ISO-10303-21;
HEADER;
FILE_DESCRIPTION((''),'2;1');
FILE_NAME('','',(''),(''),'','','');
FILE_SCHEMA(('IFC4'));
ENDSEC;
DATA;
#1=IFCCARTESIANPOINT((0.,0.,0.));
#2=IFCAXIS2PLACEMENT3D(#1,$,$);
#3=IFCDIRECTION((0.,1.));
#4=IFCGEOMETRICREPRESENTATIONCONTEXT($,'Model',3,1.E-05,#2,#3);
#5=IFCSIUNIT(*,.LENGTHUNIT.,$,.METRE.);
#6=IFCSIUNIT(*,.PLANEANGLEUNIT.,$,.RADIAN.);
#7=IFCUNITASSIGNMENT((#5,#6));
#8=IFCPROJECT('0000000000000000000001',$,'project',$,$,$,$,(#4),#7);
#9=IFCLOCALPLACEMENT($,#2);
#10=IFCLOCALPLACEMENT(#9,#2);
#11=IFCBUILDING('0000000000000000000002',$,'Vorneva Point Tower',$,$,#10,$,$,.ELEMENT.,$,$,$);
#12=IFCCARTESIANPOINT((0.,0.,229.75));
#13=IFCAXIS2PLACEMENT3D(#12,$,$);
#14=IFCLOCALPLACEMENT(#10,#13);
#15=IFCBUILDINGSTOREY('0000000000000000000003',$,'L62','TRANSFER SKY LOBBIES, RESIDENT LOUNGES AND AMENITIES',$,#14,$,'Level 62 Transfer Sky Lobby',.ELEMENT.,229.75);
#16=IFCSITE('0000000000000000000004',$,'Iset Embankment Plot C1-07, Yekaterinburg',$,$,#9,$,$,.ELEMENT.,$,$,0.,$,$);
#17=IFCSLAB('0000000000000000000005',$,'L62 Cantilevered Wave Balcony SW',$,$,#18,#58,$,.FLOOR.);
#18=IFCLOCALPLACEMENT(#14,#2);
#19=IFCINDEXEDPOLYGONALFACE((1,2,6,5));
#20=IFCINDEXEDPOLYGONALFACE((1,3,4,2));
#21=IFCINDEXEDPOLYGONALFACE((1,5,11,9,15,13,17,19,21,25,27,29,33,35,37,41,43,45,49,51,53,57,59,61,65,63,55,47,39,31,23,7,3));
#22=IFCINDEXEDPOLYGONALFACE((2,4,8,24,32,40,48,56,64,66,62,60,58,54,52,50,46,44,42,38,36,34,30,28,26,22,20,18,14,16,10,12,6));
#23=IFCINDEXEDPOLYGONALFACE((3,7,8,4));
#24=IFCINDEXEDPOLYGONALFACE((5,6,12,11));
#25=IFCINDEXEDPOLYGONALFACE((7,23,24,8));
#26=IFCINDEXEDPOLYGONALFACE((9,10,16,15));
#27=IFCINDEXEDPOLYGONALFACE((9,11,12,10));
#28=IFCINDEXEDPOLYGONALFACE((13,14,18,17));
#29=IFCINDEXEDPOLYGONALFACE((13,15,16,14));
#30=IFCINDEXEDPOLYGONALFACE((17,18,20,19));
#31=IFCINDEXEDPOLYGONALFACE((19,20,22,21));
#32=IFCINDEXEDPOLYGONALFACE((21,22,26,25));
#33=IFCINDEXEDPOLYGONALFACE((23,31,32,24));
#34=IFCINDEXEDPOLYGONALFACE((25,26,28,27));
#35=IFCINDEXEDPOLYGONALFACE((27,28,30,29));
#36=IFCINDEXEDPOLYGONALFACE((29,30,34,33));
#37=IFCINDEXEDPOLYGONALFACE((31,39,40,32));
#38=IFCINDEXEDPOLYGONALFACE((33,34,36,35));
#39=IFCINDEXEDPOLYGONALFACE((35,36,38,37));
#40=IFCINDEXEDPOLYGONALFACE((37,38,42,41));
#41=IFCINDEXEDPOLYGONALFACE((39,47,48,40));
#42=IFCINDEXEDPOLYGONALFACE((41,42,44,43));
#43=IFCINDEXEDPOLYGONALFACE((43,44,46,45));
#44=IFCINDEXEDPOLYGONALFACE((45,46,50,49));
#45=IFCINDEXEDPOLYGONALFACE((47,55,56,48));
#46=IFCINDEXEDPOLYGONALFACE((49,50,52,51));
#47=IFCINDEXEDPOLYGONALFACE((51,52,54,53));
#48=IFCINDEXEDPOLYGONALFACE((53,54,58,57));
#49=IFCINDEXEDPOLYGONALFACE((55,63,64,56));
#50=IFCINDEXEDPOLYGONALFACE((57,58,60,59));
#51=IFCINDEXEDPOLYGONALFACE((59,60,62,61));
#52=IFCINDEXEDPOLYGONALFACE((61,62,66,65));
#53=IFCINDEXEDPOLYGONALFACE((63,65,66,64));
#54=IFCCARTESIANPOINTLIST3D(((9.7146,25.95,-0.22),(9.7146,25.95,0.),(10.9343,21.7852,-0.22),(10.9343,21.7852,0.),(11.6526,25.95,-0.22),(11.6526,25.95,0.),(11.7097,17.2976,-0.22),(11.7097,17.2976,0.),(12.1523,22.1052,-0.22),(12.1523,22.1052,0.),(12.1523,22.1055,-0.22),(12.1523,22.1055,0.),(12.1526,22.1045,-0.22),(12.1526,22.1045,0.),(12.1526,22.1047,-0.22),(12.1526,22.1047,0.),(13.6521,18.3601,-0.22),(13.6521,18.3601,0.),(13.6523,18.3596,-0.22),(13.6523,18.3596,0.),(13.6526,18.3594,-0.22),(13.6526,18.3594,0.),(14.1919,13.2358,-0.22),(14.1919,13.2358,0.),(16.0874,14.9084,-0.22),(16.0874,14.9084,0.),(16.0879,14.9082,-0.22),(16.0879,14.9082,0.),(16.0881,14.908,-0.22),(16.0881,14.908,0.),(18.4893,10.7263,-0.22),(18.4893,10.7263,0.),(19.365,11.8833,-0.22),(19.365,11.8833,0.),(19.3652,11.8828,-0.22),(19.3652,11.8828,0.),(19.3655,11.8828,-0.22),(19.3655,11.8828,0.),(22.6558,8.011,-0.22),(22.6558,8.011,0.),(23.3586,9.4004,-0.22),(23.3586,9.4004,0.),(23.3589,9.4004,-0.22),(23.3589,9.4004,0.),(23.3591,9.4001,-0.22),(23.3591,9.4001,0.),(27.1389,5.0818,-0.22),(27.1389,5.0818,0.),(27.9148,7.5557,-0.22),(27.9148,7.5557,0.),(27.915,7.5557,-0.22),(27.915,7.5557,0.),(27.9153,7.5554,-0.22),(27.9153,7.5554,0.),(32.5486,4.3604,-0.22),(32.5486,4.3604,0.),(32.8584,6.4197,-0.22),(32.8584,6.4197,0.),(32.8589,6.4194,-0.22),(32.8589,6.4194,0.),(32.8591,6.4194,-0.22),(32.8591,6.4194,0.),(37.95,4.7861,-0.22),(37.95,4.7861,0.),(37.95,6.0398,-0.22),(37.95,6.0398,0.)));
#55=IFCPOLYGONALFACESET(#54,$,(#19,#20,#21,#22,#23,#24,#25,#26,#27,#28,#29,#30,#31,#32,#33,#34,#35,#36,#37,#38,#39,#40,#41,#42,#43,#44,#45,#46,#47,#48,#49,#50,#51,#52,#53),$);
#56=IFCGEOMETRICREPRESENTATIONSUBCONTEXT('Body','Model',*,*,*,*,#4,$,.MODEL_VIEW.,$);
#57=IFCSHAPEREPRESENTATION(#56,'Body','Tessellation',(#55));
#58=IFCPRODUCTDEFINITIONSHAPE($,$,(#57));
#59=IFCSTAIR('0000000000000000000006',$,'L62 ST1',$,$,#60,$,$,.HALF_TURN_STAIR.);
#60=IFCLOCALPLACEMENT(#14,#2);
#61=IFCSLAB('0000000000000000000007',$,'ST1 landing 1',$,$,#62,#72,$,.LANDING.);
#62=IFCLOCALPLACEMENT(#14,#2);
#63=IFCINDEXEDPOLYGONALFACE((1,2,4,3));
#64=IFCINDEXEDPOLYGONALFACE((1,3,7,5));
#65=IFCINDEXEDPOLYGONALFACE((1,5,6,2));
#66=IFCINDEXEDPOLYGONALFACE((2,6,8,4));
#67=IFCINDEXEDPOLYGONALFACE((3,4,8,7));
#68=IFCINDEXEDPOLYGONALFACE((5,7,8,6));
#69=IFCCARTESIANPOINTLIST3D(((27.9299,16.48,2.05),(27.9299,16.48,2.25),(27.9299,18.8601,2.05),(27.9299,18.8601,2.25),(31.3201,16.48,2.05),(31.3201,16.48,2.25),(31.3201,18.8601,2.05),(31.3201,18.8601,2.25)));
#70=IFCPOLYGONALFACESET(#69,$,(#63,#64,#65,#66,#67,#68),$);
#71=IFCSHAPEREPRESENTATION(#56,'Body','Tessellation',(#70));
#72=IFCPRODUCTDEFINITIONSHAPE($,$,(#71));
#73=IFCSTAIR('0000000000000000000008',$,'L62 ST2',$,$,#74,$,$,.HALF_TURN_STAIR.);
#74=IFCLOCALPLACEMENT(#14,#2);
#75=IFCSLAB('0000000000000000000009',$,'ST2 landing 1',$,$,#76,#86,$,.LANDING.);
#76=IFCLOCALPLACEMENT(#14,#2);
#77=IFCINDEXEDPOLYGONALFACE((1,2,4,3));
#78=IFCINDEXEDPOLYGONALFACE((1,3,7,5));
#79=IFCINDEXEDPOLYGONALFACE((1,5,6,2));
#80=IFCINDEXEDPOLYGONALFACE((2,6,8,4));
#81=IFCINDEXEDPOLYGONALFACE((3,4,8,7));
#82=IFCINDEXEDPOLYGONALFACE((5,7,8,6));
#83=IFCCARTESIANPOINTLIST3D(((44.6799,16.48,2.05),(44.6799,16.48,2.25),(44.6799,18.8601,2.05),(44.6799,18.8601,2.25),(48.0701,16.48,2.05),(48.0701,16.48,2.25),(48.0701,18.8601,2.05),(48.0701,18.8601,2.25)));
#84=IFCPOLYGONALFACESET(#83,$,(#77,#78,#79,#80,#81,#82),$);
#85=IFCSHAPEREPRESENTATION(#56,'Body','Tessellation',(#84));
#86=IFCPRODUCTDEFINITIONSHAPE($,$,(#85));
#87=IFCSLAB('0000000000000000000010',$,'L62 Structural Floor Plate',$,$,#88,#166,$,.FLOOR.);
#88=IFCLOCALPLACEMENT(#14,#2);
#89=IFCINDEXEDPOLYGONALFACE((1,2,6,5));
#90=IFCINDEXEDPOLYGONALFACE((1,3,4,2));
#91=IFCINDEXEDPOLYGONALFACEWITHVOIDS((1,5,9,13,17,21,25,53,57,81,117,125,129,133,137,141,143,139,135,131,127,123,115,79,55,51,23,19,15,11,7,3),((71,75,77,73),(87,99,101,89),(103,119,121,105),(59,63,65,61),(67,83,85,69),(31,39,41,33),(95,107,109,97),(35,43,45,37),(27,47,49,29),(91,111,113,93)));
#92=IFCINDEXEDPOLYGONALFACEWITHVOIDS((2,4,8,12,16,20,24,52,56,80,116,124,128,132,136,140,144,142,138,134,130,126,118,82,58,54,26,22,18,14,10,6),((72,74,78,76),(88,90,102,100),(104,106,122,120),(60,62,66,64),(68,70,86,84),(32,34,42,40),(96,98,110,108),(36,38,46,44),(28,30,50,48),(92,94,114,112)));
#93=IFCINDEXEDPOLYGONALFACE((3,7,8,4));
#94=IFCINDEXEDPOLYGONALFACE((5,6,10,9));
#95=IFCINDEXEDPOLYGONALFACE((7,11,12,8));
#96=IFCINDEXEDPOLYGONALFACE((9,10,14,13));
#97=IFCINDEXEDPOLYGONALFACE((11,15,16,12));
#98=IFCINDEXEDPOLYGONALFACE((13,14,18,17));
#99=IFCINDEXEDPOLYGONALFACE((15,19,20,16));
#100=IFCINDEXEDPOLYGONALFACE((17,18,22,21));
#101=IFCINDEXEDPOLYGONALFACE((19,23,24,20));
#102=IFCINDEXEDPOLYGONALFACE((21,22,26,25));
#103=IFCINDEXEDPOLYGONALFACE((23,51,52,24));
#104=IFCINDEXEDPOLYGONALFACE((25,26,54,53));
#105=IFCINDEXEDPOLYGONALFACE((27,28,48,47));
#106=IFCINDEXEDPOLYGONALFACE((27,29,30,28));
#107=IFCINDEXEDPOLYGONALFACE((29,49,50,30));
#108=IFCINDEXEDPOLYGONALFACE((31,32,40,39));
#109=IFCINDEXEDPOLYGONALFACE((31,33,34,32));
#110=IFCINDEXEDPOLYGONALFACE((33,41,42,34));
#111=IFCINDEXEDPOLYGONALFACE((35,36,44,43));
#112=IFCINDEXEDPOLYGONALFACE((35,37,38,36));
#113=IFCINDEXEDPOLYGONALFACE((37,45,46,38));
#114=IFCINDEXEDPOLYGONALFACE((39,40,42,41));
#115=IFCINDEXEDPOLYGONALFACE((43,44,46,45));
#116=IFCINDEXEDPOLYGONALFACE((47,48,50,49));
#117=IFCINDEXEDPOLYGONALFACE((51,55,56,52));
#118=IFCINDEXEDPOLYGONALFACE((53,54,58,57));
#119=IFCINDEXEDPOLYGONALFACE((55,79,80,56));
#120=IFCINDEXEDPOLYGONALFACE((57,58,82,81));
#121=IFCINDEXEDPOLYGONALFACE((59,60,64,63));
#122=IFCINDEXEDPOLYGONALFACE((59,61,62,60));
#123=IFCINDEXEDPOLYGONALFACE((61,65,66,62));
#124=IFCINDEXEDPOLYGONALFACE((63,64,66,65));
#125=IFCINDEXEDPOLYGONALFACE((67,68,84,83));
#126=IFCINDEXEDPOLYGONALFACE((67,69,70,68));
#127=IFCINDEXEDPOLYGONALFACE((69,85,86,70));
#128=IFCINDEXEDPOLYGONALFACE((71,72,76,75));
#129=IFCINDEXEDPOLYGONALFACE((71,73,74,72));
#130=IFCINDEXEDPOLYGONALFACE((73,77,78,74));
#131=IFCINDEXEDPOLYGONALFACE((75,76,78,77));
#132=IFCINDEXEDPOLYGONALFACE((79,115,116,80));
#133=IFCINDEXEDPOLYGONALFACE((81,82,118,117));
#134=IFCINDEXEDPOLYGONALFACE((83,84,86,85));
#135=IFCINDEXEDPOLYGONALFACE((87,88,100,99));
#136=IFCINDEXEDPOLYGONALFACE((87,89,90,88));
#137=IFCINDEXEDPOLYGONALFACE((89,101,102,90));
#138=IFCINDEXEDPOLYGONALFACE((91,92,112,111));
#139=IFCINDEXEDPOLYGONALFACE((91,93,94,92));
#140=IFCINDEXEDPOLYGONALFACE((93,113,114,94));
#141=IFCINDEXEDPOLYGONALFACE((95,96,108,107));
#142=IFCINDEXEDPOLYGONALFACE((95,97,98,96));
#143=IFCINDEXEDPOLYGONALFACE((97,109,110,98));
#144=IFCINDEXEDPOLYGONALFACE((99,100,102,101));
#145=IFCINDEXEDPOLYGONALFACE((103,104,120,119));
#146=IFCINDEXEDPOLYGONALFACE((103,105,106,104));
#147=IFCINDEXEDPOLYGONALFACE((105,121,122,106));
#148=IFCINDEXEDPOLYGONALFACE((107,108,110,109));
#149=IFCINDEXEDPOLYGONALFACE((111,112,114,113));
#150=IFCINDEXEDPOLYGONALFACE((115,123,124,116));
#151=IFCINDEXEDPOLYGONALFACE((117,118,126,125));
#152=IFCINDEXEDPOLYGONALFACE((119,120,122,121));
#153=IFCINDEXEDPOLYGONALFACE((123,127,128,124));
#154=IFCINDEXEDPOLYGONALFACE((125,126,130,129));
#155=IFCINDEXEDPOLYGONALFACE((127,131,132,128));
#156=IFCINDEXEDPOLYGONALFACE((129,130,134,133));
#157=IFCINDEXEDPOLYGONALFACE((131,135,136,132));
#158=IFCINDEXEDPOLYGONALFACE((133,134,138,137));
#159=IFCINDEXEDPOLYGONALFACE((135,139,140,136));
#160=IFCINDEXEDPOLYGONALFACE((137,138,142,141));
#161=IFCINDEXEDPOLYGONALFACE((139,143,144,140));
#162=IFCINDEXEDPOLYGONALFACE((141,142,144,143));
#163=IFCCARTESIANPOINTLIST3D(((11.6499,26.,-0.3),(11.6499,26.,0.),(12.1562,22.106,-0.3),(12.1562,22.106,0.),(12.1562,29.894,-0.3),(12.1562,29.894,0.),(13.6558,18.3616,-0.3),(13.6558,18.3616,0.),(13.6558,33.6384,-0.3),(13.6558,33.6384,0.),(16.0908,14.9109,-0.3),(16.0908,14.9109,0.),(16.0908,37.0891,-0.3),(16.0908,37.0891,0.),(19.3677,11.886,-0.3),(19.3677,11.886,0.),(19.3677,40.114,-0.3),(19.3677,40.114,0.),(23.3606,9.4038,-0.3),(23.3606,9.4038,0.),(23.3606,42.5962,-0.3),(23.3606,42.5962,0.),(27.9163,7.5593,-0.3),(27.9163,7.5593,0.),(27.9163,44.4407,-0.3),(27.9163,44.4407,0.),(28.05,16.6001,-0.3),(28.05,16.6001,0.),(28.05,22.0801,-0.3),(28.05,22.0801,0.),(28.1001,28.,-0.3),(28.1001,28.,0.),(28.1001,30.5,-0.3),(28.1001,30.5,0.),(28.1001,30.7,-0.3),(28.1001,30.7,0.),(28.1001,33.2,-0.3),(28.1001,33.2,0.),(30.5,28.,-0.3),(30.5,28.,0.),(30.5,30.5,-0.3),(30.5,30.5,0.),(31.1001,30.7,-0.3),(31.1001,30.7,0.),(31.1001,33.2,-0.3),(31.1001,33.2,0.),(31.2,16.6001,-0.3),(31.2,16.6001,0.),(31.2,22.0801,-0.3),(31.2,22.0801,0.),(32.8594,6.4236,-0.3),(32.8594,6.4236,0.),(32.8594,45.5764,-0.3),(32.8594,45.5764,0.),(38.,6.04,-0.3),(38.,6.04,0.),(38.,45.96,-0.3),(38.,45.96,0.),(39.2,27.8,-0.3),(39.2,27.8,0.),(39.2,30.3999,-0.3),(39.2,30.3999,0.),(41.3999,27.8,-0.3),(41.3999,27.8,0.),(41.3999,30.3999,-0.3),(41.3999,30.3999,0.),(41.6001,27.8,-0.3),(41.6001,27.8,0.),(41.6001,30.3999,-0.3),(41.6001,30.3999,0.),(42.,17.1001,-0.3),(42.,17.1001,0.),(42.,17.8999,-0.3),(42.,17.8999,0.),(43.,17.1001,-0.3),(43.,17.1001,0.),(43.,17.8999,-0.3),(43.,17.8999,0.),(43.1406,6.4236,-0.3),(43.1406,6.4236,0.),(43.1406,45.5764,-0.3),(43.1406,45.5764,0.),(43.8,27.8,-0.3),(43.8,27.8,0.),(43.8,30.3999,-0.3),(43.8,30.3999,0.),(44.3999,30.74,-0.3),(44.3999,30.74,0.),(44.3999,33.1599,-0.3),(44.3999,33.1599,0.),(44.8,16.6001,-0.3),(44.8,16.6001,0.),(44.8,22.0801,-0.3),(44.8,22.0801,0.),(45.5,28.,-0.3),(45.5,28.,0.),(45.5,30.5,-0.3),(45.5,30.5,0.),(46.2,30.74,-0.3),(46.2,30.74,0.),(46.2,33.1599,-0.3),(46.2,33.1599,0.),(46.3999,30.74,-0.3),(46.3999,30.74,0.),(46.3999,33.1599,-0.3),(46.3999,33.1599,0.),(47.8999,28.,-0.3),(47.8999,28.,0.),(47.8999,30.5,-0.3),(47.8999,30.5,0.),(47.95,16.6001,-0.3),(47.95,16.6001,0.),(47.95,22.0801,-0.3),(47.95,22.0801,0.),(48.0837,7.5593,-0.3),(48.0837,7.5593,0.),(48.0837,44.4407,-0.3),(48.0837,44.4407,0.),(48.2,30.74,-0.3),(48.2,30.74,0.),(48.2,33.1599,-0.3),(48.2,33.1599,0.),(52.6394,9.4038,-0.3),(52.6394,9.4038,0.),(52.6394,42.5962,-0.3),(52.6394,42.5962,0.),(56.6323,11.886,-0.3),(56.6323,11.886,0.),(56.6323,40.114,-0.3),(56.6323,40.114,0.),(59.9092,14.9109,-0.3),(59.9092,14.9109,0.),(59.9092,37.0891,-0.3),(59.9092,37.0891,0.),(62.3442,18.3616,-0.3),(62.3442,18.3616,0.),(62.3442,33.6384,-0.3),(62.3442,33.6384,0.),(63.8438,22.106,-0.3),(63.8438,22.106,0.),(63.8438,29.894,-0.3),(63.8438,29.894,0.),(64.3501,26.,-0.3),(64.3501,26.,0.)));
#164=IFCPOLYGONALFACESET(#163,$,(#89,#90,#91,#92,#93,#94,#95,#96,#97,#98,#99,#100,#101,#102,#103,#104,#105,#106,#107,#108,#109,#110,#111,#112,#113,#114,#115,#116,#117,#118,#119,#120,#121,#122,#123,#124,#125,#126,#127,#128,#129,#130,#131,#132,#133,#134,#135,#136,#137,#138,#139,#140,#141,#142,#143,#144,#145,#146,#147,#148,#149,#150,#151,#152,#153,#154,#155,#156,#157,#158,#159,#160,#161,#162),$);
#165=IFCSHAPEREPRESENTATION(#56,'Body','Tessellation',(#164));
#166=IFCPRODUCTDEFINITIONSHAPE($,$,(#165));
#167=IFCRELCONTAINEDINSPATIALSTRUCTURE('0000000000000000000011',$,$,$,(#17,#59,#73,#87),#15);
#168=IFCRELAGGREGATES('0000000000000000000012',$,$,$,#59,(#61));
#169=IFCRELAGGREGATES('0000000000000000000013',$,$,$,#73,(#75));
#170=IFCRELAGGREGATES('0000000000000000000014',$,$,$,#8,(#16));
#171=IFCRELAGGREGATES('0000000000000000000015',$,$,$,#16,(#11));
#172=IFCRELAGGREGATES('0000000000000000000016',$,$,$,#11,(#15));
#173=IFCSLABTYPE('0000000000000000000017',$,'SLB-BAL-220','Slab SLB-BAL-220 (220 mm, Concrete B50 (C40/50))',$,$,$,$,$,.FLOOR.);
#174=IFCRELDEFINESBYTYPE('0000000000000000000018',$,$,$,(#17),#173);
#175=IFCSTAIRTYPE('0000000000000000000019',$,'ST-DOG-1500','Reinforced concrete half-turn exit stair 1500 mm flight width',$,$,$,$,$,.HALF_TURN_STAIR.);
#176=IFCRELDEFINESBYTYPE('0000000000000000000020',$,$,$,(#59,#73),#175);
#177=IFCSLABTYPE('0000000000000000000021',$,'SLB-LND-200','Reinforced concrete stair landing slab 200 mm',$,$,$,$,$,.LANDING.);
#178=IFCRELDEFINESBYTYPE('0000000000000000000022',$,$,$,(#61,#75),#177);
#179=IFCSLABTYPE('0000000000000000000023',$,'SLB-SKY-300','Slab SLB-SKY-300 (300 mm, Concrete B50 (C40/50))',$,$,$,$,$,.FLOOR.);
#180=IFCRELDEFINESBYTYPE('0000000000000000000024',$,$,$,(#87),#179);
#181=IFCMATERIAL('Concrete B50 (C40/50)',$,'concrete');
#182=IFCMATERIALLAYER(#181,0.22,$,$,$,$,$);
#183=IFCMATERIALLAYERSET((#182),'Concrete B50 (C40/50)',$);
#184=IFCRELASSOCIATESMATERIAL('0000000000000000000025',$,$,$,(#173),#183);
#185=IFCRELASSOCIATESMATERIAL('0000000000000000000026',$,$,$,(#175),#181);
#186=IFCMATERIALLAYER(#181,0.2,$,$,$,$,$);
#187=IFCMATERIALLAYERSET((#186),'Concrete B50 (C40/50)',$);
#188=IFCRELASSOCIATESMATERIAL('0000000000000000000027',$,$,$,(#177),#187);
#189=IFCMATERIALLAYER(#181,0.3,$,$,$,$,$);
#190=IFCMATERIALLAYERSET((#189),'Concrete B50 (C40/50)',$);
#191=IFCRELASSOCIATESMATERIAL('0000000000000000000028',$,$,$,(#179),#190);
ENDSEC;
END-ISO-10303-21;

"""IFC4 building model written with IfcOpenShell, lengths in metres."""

from ifc_helpers import new_model, si_unit, direction, frame, origin, place, context, subcontext, project, spatial, polyline, outline, extrude, material, layer, layer_set, type_object, element, aggregate, save


model = new_model("IFC4")

# Units and contexts
model_context = context("Model", 3, precision=1e-05, world=origin(), true_north=direction((0.0, 1.0)))
body_context = subcontext(model_context, "Body", "Model", "MODEL_VIEW")
ifc_project = project(units=[si_unit("LENGTHUNIT", "METRE"), si_unit("PLANEANGLEUNIT", "RADIAN")], contexts=[model_context])

# Site, building, storey
site_placement = place(None, origin())
site = spatial("IfcSite", under=ifc_project, at=site_placement, Name="Iset Embankment Plot C1-07, Yekaterinburg", CompositionType="ELEMENT", RefElevation=0.0)
building_placement = place(site_placement, origin())
building = spatial("IfcBuilding", under=site, at=building_placement, Name="Vorneva Point Tower", CompositionType="ELEMENT")
storey_placement = place(building_placement, frame((0.0, 0.0, 229.75)))
storey = spatial("IfcBuildingStorey", under=building, at=storey_placement, Name="L62", Description="TRANSFER SKY LOBBIES, RESIDENT LOUNGES AND AMENITIES", LongName="Level 62 Transfer Sky Lobby", CompositionType="ELEMENT", Elevation=229.75)

# Shared definitions
ifc_material_1 = material(Name="Concrete B50 (C40/50)", Category="concrete")

# Slab
ifc_layer_1 = layer(ifc_material_1, 0.22)
ifc_layer_set_1 = layer_set([ifc_layer_1], Name="Concrete B50 (C40/50)")
slab_type_1 = type_object("IfcSlabType", Name="SLB-BAL-220", Description="Slab SLB-BAL-220 (220 mm, Concrete B50 (C40/50))", PredefinedType="FLOOR", material=ifc_layer_set_1)
slab_1_placement = place(storey_placement, frame((0.0, 0.0, -0.22)))
element("IfcSlab", 1, at=slab_1_placement, inside=storey, type_object=slab_type_1, Name="L62 Cantilevered Wave Balcony SW", PredefinedType="FLOOR", context=body_context, shape_type="SweptSolid", body=[
    extrude(outline(polyline([(37.95, 4.7861), (37.95, 6.0398), (32.8591, 6.4194), (32.8589, 6.4194), (32.8584, 6.4197), (27.9153, 7.5554), (27.915, 7.5557), (27.9148, 7.5557), (23.3591, 9.4001), (23.3589, 9.4004), (23.3586, 9.4004), (19.3655, 11.8828), (19.3652, 11.8828), (19.365, 11.8833), (16.0881, 14.908), (16.0879, 14.9082), (16.0874, 14.9084), (13.6526, 18.3594), (13.6523, 18.3596), (13.6521, 18.3601), (12.1526, 22.1045), (12.1526, 22.1047), (12.1523, 22.1052), (12.1523, 22.1055), (11.6526, 25.95), (9.7146, 25.95), (10.9343, 21.7852), (11.7097, 17.2976), (14.1919, 13.2358), (18.4893, 10.7263), (22.6558, 8.011), (27.1389, 5.0818), (32.5486, 4.3604), (37.95, 4.7861)])), origin(), (0.0, 0.0, 1.0), 0.22),
])

# Stairs, slabs
stair_type = type_object("IfcStairType", Name="ST-DOG-1500", Description="Reinforced concrete half-turn exit stair 1500 mm flight width", PredefinedType="HALF_TURN_STAIR", material=ifc_material_1)
stair_1_placement = place(storey_placement, origin())
stair_1 = element("IfcStair", 2, at=stair_1_placement, inside=storey, type_object=stair_type, Name="L62 ST1", PredefinedType="HALF_TURN_STAIR")
ifc_layer_2 = layer(ifc_material_1, 0.2)
ifc_layer_set_2 = layer_set([ifc_layer_2], Name="Concrete B50 (C40/50)")
slab_type_2 = type_object("IfcSlabType", Name="SLB-LND-200", Description="Reinforced concrete stair landing slab 200 mm", PredefinedType="LANDING", material=ifc_layer_set_2)
slab_2_placement = place(storey_placement, frame((0.0, 0.0, 2.05)))
slab_2 = element("IfcSlab", 3, at=slab_2_placement, type_object=slab_type_2, Name="ST1 landing 1", PredefinedType="LANDING", context=body_context, shape_type="SweptSolid", body=[
    extrude(outline(polyline([(27.9299, 16.48), (31.3201, 16.48), (31.3201, 18.8601), (27.9299, 18.8601), (27.9299, 16.48)])), origin(), (0.0, 0.0, 1.0), 0.2),
])
aggregate(stair_1, [slab_2])
stair_2_placement = place(storey_placement, origin())
stair_2 = element("IfcStair", 4, at=stair_2_placement, inside=storey, type_object=stair_type, Name="L62 ST2", PredefinedType="HALF_TURN_STAIR")
slab_3_placement = place(storey_placement, frame((0.0, 0.0, 2.05)))
slab_3 = element("IfcSlab", 5, at=slab_3_placement, type_object=slab_type_2, Name="ST2 landing 1", PredefinedType="LANDING", context=body_context, shape_type="SweptSolid", body=[
    extrude(outline(polyline([(44.6799, 16.48), (48.0701, 16.48), (48.0701, 18.8601), (44.6799, 18.8601), (44.6799, 16.48)])), origin(), (0.0, 0.0, 1.0), 0.2),
])
aggregate(stair_2, [slab_3])

# Slab
ifc_layer_3 = layer(ifc_material_1, 0.3)
ifc_layer_set_3 = layer_set([ifc_layer_3], Name="Concrete B50 (C40/50)")
slab_type_3 = type_object("IfcSlabType", Name="SLB-SKY-300", Description="Slab SLB-SKY-300 (300 mm, Concrete B50 (C40/50))", PredefinedType="FLOOR", material=ifc_layer_set_3)
slab_4_placement = place(storey_placement, frame((0.0, 0.0, -0.3)))
element("IfcSlab", 6, at=slab_4_placement, inside=storey, type_object=slab_type_3, Name="L62 Structural Floor Plate", PredefinedType="FLOOR", context=body_context, shape_type="SweptSolid", body=[
    extrude(outline(polyline([(64.3501, 26.0), (63.8438, 29.894), (62.3442, 33.6384), (59.9092, 37.0891), (56.6323, 40.114), (52.6394, 42.5962), (48.0837, 44.4407), (43.1406, 45.5764), (38.0, 45.96), (32.8594, 45.5764), (27.9163, 44.4407), (23.3606, 42.5962), (19.3677, 40.114), (16.0908, 37.0891), (13.6558, 33.6384), (12.1562, 29.894), (11.6499, 26.0), (12.1562, 22.106), (13.6558, 18.3616), (16.0908, 14.9109), (19.3677, 11.886), (23.3606, 9.4038), (27.9163, 7.5593), (32.8594, 6.4236), (38.0, 6.04), (43.1406, 6.4236), (48.0837, 7.5593), (52.6394, 9.4038), (56.6323, 11.886), (59.9092, 14.9109), (62.3442, 18.3616), (63.8438, 22.106), (64.3501, 26.0)]), holes=[polyline([(39.2, 27.8), (41.3999, 27.8), (41.3999, 30.3999), (39.2, 30.3999), (39.2, 27.8)]), polyline([(41.6001, 27.8), (43.8, 27.8), (43.8, 30.3999), (41.6001, 30.3999), (41.6001, 27.8)]), polyline([(44.3999, 30.74), (46.2, 30.74), (46.2, 33.1599), (44.3999, 33.1599), (44.3999, 30.74)]), polyline([(46.3999, 30.74), (48.2, 30.74), (48.2, 33.1599), (46.3999, 33.1599), (46.3999, 30.74)]), polyline([(28.1001, 28.0), (30.5, 28.0), (30.5, 30.5), (28.1001, 30.5), (28.1001, 28.0)]), polyline([(45.5, 28.0), (47.8999, 28.0), (47.8999, 30.5), (45.5, 30.5), (45.5, 28.0)]), polyline([(28.1001, 30.7), (31.1001, 30.7), (31.1001, 33.2), (28.1001, 33.2), (28.1001, 30.7)]), polyline([(28.05, 16.6001), (31.2, 16.6001), (31.2, 22.0801), (28.05, 22.0801), (28.05, 16.6001)]), polyline([(44.8, 16.6001), (47.95, 16.6001), (47.95, 22.0801), (44.8, 22.0801), (44.8, 16.6001)]), polyline([(42.0, 17.1001), (43.0, 17.1001), (43.0, 17.8999), (42.0, 17.8999), (42.0, 17.1001)])]), origin(), (0.0, 0.0, 1.0), 0.3),
])

save(model, "model.ifc")
